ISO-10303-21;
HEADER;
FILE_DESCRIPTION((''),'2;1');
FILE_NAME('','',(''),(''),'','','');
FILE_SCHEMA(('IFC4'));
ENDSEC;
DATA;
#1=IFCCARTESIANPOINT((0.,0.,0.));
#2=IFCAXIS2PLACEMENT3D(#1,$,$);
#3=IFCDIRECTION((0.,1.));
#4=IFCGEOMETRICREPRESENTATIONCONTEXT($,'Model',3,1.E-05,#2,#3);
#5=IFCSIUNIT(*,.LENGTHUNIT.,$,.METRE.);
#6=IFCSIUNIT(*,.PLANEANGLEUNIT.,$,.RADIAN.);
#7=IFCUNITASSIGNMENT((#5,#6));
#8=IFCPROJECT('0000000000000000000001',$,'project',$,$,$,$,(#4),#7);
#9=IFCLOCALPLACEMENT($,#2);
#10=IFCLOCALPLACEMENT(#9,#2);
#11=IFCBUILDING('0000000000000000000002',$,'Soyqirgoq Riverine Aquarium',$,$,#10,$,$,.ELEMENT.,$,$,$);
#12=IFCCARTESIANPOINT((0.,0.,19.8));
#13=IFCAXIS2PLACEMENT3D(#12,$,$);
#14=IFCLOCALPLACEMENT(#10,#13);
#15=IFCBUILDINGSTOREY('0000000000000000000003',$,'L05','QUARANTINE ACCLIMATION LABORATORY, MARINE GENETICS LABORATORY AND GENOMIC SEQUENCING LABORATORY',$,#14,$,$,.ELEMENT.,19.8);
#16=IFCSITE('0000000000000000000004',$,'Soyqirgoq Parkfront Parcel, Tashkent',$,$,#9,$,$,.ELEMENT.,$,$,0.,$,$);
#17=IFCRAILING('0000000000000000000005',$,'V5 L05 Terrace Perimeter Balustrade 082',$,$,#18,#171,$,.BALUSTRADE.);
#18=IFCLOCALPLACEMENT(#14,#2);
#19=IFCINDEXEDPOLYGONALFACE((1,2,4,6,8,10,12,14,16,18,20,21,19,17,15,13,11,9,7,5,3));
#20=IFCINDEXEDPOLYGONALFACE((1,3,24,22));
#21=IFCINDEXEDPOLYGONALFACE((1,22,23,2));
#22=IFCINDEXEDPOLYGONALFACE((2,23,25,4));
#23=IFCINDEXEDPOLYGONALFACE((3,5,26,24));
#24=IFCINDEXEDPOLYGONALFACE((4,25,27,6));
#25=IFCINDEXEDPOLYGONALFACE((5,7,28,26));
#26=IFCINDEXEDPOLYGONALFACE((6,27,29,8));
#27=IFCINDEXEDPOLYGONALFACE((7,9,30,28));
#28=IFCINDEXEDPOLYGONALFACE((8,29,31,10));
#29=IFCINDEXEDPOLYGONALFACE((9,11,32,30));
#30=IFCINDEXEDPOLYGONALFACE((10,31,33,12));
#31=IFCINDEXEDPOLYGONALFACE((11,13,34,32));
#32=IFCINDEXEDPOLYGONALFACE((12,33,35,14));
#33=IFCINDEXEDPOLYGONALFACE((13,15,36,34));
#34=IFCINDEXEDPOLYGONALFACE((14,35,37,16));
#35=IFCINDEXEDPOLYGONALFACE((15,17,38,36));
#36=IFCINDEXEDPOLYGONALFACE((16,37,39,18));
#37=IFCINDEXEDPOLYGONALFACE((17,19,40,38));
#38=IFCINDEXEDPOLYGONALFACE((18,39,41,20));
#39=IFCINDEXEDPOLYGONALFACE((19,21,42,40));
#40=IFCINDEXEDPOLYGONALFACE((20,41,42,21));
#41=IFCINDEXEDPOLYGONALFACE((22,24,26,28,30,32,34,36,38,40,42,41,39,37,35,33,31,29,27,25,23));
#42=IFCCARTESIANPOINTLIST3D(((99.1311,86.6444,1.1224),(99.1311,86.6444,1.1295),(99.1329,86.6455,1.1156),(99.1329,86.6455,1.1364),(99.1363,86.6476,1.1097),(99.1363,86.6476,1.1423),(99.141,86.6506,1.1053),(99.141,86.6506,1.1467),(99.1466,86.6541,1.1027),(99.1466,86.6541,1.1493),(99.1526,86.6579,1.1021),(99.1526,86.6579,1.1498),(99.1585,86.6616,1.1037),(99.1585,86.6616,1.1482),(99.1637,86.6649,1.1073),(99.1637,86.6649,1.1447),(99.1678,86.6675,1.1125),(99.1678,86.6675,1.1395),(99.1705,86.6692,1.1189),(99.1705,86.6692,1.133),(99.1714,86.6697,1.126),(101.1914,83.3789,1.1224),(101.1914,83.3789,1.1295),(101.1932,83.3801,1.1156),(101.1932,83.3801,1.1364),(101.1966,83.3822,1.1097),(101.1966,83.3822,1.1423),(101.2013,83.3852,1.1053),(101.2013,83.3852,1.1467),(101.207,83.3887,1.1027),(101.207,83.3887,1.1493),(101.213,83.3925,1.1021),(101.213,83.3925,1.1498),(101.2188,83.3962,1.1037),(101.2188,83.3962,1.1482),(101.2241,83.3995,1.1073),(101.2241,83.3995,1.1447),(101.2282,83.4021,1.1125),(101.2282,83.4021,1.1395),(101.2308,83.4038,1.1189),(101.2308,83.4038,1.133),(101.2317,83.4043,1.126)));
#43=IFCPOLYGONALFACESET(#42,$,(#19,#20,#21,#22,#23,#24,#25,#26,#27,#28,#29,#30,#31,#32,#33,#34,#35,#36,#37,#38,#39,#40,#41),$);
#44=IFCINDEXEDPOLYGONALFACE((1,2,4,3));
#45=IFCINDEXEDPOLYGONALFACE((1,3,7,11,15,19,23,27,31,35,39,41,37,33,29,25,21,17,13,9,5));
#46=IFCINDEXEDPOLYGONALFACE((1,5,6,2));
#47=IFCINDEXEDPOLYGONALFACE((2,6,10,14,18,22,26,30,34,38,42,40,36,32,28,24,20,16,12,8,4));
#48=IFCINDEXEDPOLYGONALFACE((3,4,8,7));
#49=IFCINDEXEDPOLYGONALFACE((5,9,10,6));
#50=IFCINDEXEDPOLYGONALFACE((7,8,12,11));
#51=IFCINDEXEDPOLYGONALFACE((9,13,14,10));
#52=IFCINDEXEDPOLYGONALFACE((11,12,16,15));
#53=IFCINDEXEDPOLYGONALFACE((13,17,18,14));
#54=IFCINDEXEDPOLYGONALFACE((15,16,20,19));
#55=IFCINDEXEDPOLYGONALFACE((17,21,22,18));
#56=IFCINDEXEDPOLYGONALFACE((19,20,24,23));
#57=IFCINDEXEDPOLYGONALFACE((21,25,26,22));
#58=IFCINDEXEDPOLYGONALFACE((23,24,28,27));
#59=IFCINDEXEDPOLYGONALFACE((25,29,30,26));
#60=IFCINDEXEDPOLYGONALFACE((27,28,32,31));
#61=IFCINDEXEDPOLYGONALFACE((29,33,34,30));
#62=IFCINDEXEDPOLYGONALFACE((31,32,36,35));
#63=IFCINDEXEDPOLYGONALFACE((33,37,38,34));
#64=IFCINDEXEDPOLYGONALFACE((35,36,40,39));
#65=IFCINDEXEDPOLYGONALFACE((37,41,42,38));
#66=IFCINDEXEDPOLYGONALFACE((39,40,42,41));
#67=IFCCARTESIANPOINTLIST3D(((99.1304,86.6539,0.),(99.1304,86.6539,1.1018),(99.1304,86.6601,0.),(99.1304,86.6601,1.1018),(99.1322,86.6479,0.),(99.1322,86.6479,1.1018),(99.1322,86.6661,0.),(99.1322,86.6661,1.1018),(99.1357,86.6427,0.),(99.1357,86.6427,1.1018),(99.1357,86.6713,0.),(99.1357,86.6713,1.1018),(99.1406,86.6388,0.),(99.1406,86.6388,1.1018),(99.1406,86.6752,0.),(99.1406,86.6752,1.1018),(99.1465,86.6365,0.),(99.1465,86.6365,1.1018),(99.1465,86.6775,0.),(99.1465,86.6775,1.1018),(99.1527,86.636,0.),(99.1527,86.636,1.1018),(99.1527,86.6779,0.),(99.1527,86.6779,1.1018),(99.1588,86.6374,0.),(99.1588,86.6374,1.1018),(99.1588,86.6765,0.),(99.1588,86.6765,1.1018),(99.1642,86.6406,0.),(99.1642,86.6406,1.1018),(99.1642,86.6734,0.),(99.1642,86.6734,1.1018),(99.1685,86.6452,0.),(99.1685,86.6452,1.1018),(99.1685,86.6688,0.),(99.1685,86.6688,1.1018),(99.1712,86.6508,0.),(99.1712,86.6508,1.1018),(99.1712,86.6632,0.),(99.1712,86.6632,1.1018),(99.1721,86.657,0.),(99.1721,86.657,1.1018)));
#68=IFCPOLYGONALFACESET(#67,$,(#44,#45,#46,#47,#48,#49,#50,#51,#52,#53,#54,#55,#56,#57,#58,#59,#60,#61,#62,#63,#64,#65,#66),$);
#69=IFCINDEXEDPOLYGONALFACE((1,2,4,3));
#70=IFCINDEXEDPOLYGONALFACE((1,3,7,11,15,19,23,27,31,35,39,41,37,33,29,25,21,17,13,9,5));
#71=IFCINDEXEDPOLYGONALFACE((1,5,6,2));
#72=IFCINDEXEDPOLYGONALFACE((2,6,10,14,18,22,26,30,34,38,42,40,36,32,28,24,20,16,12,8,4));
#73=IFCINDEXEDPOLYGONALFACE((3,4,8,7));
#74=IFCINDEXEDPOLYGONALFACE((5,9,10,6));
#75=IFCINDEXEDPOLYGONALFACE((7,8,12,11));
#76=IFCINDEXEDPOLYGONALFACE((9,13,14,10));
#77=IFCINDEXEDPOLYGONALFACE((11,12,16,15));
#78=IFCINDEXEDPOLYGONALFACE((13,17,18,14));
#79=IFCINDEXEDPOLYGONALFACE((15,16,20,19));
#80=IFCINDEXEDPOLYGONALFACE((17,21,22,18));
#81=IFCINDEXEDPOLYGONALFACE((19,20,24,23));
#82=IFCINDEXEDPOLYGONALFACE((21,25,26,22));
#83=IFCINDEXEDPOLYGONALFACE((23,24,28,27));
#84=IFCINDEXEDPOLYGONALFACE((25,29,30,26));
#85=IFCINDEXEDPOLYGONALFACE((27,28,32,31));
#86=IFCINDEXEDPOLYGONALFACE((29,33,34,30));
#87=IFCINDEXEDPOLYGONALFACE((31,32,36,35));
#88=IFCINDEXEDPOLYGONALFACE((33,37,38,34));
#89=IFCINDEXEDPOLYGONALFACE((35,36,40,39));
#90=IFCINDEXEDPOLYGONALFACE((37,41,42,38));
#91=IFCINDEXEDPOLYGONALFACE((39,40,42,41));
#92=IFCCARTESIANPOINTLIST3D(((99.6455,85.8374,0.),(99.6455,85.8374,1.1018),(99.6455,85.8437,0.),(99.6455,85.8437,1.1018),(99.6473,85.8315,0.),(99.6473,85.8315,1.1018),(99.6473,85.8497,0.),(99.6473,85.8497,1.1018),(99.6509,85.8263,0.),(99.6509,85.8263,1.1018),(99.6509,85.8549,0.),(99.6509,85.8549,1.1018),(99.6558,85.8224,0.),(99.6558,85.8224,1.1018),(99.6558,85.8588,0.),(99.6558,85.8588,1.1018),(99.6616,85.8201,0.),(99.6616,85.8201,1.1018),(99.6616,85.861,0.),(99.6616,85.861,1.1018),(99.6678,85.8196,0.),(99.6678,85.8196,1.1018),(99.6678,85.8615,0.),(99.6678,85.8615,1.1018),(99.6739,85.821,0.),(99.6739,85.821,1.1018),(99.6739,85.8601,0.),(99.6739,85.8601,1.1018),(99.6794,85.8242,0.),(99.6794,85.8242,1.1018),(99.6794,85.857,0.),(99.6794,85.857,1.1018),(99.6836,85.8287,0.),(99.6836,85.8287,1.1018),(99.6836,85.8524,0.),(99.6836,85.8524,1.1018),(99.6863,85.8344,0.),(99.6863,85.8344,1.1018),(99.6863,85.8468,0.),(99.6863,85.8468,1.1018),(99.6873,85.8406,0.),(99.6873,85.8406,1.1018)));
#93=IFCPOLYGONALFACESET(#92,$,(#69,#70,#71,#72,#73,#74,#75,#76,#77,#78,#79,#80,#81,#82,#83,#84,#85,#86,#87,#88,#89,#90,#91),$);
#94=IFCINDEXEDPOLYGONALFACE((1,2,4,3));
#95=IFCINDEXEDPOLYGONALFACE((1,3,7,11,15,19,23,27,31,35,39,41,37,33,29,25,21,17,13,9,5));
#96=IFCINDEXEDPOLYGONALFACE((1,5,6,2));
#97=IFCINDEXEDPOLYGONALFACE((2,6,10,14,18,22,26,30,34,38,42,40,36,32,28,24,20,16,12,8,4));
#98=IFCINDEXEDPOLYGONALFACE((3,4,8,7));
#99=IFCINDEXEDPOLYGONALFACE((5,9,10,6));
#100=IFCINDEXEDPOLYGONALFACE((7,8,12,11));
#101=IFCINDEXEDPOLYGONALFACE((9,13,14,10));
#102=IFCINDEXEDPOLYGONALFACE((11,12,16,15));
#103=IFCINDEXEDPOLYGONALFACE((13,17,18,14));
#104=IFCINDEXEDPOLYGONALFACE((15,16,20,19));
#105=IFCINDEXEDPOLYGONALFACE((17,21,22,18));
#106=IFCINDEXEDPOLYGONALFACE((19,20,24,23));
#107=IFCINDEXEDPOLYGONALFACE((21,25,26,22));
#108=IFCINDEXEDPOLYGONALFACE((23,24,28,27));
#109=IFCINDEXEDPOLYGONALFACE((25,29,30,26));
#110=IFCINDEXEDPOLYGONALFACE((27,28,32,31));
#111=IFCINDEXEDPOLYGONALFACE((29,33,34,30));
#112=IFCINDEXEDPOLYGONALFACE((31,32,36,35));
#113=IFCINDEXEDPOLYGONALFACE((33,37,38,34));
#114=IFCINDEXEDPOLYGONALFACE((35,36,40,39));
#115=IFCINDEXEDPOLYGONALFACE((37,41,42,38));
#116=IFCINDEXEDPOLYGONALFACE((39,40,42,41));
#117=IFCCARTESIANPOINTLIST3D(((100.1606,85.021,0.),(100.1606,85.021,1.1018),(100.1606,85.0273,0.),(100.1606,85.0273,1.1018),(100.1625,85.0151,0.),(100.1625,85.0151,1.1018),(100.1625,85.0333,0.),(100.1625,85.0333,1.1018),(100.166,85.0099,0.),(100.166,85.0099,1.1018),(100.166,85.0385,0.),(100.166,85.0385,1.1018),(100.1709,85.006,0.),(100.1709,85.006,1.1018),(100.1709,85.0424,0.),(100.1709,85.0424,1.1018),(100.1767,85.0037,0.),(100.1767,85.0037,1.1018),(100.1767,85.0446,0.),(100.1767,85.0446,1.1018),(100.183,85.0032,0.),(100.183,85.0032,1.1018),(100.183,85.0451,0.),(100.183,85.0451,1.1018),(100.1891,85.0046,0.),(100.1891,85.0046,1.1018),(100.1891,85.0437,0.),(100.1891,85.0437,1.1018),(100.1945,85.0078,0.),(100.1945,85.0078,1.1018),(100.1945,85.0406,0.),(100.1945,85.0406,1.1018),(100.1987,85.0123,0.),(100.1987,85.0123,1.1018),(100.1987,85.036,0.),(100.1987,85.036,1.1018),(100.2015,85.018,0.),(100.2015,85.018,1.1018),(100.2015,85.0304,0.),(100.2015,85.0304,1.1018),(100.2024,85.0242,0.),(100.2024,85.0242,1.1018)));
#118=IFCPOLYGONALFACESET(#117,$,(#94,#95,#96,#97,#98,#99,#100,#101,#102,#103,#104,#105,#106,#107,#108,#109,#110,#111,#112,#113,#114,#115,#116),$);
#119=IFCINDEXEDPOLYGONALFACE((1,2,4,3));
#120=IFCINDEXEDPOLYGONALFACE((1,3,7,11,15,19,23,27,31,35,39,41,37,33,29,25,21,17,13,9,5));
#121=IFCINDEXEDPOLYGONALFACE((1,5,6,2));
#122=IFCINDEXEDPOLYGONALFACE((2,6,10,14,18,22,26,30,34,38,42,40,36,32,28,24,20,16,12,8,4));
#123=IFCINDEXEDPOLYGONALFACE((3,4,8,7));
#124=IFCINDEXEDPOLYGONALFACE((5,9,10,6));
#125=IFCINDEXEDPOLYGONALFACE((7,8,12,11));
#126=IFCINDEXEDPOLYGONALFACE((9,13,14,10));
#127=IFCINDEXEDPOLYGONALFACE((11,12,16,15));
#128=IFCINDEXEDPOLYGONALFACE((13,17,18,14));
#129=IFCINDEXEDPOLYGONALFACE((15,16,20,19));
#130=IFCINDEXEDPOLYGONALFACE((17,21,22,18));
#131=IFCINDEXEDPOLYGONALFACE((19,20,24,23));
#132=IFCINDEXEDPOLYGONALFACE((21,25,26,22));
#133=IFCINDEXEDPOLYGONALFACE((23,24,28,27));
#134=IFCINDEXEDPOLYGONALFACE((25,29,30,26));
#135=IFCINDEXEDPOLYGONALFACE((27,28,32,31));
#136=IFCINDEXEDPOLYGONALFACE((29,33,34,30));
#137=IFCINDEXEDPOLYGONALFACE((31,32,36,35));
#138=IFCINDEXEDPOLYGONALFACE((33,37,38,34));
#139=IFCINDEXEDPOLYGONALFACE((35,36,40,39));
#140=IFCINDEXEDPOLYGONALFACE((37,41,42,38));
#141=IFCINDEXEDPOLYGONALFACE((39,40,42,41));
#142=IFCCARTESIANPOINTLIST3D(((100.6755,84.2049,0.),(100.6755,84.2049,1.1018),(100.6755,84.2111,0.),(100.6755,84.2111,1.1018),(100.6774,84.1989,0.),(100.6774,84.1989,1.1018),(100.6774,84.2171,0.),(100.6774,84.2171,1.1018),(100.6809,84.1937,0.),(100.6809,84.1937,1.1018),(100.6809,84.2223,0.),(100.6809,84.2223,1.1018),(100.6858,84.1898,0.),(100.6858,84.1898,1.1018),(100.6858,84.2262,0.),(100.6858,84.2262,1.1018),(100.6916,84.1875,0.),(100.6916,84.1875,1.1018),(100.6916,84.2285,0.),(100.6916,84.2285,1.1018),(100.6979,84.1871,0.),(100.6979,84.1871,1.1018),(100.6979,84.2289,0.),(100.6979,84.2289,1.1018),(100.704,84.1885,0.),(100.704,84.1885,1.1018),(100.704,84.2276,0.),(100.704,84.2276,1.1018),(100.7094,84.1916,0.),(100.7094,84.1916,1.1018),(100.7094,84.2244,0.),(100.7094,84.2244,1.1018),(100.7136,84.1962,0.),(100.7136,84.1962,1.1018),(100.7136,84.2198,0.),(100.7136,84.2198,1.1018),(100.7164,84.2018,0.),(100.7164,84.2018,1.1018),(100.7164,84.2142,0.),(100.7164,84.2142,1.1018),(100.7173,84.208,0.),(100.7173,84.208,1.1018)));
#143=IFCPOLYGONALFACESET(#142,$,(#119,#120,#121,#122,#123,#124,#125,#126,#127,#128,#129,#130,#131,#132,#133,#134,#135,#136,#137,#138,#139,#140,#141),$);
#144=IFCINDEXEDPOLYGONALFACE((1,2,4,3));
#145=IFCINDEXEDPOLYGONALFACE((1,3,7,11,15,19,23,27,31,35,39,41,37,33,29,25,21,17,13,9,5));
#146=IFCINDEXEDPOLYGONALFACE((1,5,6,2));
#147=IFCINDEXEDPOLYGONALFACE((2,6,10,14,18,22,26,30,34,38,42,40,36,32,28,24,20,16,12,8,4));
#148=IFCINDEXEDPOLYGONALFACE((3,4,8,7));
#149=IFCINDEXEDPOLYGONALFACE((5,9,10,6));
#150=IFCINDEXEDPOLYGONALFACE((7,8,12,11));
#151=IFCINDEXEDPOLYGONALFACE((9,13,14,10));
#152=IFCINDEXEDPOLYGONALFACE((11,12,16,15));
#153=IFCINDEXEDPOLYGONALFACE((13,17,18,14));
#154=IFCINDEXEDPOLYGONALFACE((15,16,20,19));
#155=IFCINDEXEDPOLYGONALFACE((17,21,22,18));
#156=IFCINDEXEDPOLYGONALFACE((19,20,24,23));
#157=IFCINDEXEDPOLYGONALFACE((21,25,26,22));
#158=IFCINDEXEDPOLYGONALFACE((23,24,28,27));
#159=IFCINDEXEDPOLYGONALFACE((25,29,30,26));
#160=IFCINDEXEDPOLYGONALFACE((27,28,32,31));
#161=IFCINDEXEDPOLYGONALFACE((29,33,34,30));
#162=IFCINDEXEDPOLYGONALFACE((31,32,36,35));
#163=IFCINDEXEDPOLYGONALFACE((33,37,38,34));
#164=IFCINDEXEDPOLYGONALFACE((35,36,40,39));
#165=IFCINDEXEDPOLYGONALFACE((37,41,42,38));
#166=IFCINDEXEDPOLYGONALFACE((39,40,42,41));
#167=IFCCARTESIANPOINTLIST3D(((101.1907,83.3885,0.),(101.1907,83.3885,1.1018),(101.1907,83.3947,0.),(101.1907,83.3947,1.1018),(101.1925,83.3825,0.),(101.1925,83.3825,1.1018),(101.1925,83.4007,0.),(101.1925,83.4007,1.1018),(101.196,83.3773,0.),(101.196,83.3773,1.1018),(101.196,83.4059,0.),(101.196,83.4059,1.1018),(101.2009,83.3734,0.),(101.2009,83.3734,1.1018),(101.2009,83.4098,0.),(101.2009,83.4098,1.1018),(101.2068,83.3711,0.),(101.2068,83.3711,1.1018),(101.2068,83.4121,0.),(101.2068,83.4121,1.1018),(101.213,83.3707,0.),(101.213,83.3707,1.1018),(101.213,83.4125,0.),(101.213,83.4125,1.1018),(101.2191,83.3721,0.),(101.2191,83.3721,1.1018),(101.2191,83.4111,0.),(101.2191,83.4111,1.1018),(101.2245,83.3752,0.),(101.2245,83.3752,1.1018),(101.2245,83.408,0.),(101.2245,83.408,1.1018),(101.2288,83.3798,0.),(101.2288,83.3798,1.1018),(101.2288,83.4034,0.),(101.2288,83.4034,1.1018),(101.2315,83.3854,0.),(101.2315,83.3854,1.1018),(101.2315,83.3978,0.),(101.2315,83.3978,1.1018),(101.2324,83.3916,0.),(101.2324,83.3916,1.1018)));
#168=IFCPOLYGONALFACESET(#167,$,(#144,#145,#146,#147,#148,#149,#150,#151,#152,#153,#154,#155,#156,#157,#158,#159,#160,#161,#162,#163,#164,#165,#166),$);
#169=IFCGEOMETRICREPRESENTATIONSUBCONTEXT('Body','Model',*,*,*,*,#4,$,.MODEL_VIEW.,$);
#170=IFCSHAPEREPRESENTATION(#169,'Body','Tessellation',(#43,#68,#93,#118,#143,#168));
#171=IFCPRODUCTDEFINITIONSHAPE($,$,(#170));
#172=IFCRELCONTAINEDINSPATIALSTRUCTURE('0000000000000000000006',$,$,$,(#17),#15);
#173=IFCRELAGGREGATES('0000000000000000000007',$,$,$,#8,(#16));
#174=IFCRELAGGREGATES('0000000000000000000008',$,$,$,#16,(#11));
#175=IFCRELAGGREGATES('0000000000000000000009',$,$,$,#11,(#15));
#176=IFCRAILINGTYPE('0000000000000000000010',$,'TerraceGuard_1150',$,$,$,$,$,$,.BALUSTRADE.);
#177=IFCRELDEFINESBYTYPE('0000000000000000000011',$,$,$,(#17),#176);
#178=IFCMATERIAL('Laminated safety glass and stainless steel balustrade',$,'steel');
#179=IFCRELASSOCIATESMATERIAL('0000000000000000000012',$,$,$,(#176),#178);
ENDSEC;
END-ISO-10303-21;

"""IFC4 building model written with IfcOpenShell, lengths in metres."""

from ifc_helpers import new_model, si_unit, direction, frame, origin, origin_2d, place, context, subcontext, project, spatial, circle, extrude, material, type_object, element, save


model = new_model("IFC4")

# Units and contexts
model_context = context("Model", 3, precision=1e-05, world=origin(), true_north=direction((0.0, 1.0)))
body_context = subcontext(model_context, "Body", "Model", "MODEL_VIEW")
ifc_project = project(units=[si_unit("LENGTHUNIT", "METRE"), si_unit("PLANEANGLEUNIT", "RADIAN")], contexts=[model_context])

# Site, building, storey
site_placement = place(None, origin())
site = spatial("IfcSite", under=ifc_project, at=site_placement, Name="Soyqirgoq Parkfront Parcel, Tashkent", CompositionType="ELEMENT", RefElevation=0.0)
building_placement = place(site_placement, origin())
building = spatial("IfcBuilding", under=site, at=building_placement, Name="Soyqirgoq Riverine Aquarium", CompositionType="ELEMENT")
storey_placement = place(building_placement, frame((0.0, 0.0, 19.8)))
storey = spatial("IfcBuildingStorey", under=building, at=storey_placement, Name="L05", Description="QUARANTINE ACCLIMATION LABORATORY, MARINE GENETICS LABORATORY AND GENOMIC SEQUENCING LABORATORY", CompositionType="ELEMENT", Elevation=19.8)

# Railing
ifc_material_1 = material(Name="Laminated safety glass and stainless steel balustrade", Category="steel")
railing_type = type_object("IfcRailingType", Name="TerraceGuard_1150", PredefinedType="BALUSTRADE", material=ifc_material_1)
railing_1_placement = place(storey_placement, frame((99.1511, 86.657, 0.0)))
element("IfcRailing", 1, at=railing_1_placement, inside=storey, type_object=railing_type, Name="V5 L05 Terrace Perimeter Balustrade 082", PredefinedType="BALUSTRADE", context=body_context, shape_type="SweptSolid", body=[
    extrude(circle(Radius=0.0239, at=origin_2d()), frame((0.0, 0.0, 1.126), z_axis=(0.533615, -0.845728, 0.0), x_axis=(0.845728, 0.533615, 0.0)), (0.0, 0.0, 1.0), 3.8611),
    extrude(circle(Radius=0.021, at=origin_2d()), origin(), (0.0, 0.0, 1.0), 1.1018),
    extrude(circle(Radius=0.021, at=origin_2d()), frame((0.5151, -0.8164, 0.0)), (0.0, 0.0, 1.0), 1.1018),
    extrude(circle(Radius=0.021, at=origin_2d()), frame((1.0303, -1.6328, 0.0)), (0.0, 0.0, 1.0), 1.1018),
    extrude(circle(Radius=0.021, at=origin_2d()), frame((1.5452, -2.449, 0.0)), (0.0, 0.0, 1.0), 1.1018),
    extrude(circle(Radius=0.021, at=origin_2d()), frame((2.0603, -3.2654, 0.0)), (0.0, 0.0, 1.0), 1.1018),
])

save(model, "model.ifc")
